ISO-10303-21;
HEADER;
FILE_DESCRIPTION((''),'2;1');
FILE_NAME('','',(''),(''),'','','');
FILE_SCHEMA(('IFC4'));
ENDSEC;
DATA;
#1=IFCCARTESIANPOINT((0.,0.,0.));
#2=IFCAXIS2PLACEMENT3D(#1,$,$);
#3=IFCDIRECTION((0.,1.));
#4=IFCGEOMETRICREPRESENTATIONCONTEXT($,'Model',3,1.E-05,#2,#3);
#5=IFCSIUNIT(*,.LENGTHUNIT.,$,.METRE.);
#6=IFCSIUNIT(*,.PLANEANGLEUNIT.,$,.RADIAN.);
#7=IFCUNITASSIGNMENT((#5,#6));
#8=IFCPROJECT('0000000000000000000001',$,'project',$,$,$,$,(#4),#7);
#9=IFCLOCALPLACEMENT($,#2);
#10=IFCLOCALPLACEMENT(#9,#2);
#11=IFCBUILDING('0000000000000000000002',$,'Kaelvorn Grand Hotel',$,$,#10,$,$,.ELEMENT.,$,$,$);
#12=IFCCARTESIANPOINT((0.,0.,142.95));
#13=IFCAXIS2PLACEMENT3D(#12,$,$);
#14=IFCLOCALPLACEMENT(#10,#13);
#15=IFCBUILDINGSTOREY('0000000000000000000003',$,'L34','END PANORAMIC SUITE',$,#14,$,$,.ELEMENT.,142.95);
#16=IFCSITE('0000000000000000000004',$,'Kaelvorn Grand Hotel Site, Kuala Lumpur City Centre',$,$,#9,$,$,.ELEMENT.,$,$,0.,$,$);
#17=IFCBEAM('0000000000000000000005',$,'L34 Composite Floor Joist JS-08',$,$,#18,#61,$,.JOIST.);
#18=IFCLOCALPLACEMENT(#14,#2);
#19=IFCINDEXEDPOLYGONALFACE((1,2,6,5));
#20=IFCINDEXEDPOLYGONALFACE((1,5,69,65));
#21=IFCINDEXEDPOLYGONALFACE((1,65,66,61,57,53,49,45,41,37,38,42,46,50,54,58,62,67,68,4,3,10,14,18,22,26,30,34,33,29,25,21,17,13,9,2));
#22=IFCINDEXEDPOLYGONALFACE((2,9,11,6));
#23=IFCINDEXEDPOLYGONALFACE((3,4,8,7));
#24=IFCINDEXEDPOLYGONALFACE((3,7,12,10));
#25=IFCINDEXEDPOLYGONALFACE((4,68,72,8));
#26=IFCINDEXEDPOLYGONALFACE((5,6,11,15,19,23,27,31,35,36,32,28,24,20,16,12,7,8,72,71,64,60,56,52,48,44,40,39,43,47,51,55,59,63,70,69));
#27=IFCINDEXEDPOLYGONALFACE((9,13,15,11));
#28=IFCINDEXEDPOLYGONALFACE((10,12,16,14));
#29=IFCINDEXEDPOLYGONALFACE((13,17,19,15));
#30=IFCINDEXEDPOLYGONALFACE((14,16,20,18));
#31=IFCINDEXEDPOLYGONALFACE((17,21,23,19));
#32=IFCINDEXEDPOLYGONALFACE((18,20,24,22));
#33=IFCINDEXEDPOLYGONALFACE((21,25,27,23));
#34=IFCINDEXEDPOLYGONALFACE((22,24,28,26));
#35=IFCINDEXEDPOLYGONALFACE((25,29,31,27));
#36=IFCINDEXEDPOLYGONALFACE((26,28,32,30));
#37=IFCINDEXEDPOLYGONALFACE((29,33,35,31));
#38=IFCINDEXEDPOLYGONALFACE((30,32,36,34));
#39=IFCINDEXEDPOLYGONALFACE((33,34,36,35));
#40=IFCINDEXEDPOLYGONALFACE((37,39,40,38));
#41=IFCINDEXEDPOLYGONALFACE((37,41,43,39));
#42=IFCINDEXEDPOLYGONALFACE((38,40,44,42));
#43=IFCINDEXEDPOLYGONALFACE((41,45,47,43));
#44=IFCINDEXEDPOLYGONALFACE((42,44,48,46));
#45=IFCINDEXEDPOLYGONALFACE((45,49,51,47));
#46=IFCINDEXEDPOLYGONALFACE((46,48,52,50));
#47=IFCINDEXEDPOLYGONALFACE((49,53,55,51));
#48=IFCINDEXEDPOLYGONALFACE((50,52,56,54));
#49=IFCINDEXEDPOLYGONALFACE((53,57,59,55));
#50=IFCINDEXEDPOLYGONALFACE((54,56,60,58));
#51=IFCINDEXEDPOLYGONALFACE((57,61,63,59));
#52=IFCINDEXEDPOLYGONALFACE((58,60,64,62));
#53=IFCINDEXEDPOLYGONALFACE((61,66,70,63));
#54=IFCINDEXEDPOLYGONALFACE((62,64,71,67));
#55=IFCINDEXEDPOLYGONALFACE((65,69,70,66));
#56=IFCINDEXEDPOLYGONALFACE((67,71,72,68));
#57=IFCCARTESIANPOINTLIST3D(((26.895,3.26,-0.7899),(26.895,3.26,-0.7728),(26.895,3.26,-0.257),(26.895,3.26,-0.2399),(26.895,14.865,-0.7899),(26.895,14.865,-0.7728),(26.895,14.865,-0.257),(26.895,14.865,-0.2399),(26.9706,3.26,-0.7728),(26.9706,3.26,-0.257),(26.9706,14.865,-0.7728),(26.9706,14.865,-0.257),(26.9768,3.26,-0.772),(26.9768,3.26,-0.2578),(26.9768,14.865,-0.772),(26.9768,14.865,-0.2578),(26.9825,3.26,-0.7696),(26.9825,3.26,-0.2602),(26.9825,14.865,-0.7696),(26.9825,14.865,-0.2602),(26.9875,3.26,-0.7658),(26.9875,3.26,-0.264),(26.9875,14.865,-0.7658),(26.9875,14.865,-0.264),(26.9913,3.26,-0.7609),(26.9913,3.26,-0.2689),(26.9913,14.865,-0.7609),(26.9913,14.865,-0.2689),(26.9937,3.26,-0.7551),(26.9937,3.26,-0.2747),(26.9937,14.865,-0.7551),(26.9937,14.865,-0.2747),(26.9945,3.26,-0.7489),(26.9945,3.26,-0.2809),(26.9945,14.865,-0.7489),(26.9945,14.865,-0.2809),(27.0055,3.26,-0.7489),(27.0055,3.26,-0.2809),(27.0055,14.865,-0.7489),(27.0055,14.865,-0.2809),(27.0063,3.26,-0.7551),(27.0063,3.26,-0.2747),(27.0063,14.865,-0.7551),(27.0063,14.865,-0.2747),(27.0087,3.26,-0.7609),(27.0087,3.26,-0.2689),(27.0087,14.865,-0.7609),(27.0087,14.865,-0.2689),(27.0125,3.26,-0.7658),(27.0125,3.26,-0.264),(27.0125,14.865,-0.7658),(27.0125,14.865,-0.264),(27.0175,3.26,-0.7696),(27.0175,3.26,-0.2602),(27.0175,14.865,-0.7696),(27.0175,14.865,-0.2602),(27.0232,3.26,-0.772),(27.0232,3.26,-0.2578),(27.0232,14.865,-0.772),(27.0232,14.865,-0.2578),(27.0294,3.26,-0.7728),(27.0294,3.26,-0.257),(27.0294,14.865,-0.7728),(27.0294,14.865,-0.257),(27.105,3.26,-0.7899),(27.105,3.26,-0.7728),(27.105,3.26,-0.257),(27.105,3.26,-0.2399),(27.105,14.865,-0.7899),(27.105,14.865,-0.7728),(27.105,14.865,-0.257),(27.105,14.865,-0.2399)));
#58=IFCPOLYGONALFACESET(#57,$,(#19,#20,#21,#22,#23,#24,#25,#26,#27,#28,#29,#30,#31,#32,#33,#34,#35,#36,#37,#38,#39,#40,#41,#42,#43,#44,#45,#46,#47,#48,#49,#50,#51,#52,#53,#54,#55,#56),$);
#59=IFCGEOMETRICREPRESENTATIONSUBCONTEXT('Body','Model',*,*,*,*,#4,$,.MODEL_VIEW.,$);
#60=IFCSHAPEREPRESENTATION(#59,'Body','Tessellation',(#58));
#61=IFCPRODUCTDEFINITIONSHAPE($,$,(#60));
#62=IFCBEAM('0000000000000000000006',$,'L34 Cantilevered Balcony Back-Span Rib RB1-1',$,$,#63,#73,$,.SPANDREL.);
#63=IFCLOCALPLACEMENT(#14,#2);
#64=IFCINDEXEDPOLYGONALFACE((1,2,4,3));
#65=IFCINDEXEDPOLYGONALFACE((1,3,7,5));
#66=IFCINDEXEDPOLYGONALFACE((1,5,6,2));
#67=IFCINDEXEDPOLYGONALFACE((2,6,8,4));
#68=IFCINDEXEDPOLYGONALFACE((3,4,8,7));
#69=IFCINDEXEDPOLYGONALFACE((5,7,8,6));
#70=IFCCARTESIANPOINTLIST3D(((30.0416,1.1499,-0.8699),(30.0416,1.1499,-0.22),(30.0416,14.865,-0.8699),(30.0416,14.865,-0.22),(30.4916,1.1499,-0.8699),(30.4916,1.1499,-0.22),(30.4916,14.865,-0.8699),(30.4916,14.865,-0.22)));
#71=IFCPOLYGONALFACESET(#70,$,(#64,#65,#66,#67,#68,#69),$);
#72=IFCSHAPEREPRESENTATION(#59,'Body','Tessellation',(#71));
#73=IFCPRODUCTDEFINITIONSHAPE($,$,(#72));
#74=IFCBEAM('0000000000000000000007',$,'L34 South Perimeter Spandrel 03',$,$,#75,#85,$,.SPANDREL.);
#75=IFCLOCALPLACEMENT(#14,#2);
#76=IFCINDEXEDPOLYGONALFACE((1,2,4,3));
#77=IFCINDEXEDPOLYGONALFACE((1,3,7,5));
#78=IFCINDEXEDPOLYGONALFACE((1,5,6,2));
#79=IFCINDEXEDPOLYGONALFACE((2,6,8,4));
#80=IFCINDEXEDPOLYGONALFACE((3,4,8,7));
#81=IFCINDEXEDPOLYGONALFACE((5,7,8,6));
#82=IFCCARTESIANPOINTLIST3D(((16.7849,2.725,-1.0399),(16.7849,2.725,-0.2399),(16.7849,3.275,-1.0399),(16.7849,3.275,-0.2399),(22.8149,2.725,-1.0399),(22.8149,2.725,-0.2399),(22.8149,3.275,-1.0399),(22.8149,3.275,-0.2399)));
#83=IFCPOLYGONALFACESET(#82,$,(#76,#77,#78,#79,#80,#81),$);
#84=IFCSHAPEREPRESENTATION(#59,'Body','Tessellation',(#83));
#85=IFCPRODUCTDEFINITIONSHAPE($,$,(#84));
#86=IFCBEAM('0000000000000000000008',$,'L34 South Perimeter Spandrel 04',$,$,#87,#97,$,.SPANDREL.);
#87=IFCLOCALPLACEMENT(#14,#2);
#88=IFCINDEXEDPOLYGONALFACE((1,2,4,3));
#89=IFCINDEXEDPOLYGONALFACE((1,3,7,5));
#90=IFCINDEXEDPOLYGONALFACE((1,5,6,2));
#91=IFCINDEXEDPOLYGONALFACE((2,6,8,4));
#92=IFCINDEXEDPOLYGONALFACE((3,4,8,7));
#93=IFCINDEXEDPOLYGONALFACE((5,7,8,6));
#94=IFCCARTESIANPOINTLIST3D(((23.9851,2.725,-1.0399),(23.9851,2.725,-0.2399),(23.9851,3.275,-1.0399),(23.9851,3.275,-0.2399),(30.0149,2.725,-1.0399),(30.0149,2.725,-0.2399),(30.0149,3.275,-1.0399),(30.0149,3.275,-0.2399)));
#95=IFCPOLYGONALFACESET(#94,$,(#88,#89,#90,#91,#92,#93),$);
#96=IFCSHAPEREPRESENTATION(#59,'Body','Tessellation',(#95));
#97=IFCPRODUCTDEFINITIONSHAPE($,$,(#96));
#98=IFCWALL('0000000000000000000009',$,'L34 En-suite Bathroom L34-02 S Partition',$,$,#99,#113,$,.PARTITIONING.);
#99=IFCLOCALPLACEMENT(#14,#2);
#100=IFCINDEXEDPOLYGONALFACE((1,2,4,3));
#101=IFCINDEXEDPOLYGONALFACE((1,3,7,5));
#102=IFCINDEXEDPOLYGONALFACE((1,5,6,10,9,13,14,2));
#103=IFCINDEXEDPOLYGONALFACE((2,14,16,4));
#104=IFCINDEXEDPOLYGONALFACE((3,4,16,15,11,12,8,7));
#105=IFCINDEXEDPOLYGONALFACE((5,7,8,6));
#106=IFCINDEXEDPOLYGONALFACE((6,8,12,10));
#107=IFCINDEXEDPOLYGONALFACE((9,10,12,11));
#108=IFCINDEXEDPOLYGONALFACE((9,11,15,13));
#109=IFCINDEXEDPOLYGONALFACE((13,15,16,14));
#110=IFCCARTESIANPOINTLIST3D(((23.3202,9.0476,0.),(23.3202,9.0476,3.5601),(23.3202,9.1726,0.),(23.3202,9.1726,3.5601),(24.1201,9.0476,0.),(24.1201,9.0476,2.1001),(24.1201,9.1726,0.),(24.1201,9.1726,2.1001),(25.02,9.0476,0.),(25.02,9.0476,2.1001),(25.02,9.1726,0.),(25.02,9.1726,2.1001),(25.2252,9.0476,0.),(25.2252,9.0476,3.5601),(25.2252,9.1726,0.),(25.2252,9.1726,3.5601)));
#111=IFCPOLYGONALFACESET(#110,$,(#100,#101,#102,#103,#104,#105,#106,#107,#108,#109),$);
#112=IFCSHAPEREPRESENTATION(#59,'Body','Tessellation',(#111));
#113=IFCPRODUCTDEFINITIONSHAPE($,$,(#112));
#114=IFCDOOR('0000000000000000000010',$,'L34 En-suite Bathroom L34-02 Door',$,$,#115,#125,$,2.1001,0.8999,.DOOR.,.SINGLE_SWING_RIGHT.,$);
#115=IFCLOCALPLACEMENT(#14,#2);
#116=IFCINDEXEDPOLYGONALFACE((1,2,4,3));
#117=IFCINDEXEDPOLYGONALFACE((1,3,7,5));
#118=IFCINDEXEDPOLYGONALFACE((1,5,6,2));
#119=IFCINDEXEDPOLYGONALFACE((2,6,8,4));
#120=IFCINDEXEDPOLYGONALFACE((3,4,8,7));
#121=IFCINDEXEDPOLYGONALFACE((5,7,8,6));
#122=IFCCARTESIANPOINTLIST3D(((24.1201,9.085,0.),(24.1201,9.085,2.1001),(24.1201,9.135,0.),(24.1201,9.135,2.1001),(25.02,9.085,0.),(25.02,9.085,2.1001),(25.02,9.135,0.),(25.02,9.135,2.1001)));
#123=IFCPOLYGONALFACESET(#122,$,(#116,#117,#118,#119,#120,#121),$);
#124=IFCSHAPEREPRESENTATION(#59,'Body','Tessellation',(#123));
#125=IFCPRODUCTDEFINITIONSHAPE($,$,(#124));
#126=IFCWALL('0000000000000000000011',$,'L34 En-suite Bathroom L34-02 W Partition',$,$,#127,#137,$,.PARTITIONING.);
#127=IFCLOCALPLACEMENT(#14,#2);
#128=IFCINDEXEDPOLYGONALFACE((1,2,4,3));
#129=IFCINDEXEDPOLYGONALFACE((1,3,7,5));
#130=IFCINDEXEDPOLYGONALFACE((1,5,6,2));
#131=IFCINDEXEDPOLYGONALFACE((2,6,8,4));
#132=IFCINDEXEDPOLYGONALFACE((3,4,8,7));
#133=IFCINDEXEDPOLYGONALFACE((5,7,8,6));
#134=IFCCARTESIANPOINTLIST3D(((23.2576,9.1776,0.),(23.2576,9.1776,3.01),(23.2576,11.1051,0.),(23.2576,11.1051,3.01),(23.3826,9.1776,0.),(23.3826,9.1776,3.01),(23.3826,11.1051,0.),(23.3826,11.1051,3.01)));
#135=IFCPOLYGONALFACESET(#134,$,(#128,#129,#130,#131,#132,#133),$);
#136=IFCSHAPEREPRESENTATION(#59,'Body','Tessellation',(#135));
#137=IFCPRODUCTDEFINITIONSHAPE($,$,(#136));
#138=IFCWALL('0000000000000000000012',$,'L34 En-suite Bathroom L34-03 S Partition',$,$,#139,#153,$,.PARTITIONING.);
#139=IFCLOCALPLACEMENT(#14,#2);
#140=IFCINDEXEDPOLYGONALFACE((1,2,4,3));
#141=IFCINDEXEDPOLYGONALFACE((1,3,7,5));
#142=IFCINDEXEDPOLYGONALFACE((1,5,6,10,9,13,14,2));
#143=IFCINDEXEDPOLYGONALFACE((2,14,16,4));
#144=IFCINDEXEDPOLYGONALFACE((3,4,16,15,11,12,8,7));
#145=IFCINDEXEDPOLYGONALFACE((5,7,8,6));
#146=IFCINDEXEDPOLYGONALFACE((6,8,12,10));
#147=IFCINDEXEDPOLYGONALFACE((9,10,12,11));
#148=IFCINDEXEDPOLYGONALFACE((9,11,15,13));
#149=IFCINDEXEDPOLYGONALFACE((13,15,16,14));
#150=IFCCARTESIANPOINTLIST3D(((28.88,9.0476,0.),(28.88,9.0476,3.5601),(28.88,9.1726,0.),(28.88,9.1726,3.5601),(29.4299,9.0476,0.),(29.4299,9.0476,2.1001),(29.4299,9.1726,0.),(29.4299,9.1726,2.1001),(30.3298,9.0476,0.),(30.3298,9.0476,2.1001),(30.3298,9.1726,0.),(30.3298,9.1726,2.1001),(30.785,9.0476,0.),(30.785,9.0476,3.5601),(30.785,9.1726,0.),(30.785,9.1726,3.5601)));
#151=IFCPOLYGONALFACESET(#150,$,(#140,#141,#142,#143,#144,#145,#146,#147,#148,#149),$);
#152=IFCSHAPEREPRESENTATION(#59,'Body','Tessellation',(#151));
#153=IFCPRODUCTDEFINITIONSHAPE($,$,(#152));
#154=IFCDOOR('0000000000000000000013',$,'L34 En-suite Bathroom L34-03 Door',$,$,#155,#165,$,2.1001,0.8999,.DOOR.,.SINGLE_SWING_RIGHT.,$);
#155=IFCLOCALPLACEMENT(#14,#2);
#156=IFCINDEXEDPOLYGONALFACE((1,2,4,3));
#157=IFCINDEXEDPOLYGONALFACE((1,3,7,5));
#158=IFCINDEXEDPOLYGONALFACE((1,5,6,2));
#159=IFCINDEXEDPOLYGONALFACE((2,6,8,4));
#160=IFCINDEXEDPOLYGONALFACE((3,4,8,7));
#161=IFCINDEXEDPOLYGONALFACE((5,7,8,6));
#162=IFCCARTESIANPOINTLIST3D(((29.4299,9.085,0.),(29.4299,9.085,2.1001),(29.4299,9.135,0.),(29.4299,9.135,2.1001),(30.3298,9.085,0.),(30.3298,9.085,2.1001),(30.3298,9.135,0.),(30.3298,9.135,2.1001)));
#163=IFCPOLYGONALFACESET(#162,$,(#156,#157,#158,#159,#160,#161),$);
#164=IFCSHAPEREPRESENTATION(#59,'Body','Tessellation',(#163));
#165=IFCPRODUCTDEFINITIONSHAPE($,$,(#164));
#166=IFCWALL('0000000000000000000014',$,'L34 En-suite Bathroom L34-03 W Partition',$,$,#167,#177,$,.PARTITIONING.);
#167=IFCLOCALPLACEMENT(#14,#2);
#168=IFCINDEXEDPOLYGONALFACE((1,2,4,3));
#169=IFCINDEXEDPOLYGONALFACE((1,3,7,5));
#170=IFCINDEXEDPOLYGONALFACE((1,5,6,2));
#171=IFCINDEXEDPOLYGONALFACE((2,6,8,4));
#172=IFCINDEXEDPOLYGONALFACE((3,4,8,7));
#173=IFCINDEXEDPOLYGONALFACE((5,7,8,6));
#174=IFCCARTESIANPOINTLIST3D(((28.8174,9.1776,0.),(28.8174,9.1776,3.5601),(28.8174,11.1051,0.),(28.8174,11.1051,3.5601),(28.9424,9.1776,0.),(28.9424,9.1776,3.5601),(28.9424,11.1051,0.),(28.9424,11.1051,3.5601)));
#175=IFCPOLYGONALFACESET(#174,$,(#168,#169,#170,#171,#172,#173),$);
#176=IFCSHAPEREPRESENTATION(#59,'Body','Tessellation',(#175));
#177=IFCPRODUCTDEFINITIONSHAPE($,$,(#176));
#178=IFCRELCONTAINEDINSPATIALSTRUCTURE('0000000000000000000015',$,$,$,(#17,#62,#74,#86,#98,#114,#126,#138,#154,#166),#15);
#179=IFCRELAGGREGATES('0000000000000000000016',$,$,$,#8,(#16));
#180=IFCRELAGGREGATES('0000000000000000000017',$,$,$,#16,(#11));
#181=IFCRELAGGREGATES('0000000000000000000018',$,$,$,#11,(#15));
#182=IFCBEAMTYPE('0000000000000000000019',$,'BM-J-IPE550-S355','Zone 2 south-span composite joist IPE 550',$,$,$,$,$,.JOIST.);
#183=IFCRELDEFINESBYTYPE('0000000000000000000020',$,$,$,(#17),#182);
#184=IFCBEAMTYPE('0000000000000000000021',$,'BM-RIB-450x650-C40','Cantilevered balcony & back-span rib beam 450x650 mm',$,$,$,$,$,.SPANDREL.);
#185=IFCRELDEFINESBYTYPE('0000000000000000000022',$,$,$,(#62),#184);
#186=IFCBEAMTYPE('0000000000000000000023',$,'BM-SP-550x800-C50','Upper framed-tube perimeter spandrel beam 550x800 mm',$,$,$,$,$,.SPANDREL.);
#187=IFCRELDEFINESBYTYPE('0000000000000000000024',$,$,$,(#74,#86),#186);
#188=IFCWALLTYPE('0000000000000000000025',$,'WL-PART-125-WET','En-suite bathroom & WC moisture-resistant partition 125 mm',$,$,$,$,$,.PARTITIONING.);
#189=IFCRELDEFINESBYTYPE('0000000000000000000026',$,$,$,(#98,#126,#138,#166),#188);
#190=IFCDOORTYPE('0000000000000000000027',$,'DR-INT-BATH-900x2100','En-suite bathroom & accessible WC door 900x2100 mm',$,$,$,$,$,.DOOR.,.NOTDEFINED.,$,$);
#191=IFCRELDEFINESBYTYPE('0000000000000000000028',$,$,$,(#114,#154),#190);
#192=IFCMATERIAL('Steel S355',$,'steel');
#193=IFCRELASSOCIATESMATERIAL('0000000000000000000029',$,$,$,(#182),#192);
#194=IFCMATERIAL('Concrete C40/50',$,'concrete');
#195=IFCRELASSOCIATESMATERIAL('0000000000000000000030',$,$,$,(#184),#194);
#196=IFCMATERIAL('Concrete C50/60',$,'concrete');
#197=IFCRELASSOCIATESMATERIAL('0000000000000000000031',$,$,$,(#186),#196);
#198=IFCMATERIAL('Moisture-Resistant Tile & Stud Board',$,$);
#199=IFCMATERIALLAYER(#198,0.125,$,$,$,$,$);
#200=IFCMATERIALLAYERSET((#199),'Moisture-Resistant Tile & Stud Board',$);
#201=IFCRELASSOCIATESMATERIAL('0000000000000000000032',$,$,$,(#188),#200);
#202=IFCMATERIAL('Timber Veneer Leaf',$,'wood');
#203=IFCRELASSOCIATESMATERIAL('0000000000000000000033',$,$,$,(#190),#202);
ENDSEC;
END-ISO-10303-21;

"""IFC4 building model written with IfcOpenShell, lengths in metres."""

from ifc_helpers import new_model, si_unit, direction, frame, frame_2d, origin, origin_2d, place, context, subcontext, project, spatial, rectangle, i_section, extrude, material, layer, layer_set, material_profile, profile_set, type_object, element, fill, save


model = new_model("IFC4")

# Units and contexts
model_context = context("Model", 3, precision=1e-05, world=origin(), true_north=direction((0.0, 1.0)))
body_context = subcontext(model_context, "Body", "Model", "MODEL_VIEW")
ifc_project = project(units=[si_unit("LENGTHUNIT", "METRE"), si_unit("PLANEANGLEUNIT", "RADIAN")], contexts=[model_context])

# Site, building, storey
site_placement = place(None, origin())
site = spatial("IfcSite", under=ifc_project, at=site_placement, Name="Kaelvorn Grand Hotel Site, Kuala Lumpur City Centre", CompositionType="ELEMENT", RefElevation=0.0)
building_placement = place(site_placement, origin())
building = spatial("IfcBuilding", under=site, at=building_placement, Name="Kaelvorn Grand Hotel", CompositionType="ELEMENT")
storey_placement = place(building_placement, frame((0.0, 0.0, 142.95)))
storey = spatial("IfcBuildingStorey", under=building, at=storey_placement, Name="L34", Description="END PANORAMIC SUITE", CompositionType="ELEMENT", Elevation=142.95)

# Beams
ifc_material_1 = material(Name="Steel S355", Category="steel")
ifc_material_profile_1 = material_profile(ifc_material_1, i_section(OverallWidth=0.21, OverallDepth=0.55, WebThickness=0.011, FlangeThickness=0.0171, FilletRadius=0.0239, at=origin_2d()), Name="IPE 550")
ifc_profile_set_1 = profile_set([ifc_material_profile_1], Name="Steel S355")
beam_type_1 = type_object("IfcBeamType", Name="BM-J-IPE550-S355", Description="Zone 2 south-span composite joist IPE 550", PredefinedType="JOIST", material=ifc_profile_set_1)
beam_1_placement = place(storey_placement, frame((27.0, 3.26, -0.5149), z_axis=(0.0, 1.0, 0.0), x_axis=(-1.0, 0.0, 0.0)))
element("IfcBeam", 1, at=beam_1_placement, inside=storey, type_object=beam_type_1, Name="L34 Composite Floor Joist JS-08", PredefinedType="JOIST", context=body_context, shape_type="SweptSolid", body=[
    extrude(i_section(OverallWidth=0.21, OverallDepth=0.55, WebThickness=0.011, FlangeThickness=0.0171, FilletRadius=0.0239, at=origin_2d()), origin(), (0.0, 0.0, 1.0), 11.605),
])
ifc_material_2 = material(Name="Concrete C40/50", Category="concrete")
ifc_material_profile_2 = material_profile(ifc_material_2, rectangle(XDim=0.45, YDim=0.6499, at=origin_2d()), Name="RC RIB 450x650")
ifc_profile_set_2 = profile_set([ifc_material_profile_2], Name="Concrete C40/50")
beam_type_2 = type_object("IfcBeamType", Name="BM-RIB-450x650-C40", Description="Cantilevered balcony & back-span rib beam 450x650 mm", PredefinedType="SPANDREL", material=ifc_profile_set_2)
beam_2_placement = place(storey_placement, frame((30.2666, 1.1499, -0.5449), z_axis=(0.0, 1.0, 0.0), x_axis=(-1.0, 0.0, 0.0)))
element("IfcBeam", 2, at=beam_2_placement, inside=storey, type_object=beam_type_2, Name="L34 Cantilevered Balcony Back-Span Rib RB1-1", PredefinedType="SPANDREL", context=body_context, shape_type="SweptSolid", body=[
    extrude(rectangle(XDim=0.45, YDim=0.6499, at=origin_2d()), origin(), (0.0, 0.0, 1.0), 13.7151),
])
ifc_material_3 = material(Name="Concrete C50/60", Category="concrete")
ifc_material_profile_3 = material_profile(ifc_material_3, rectangle(XDim=0.55, YDim=0.8, at=origin_2d()), Name="RC SPANDREL 550x800")
ifc_profile_set_3 = profile_set([ifc_material_profile_3], Name="Concrete C50/60")
beam_type_3 = type_object("IfcBeamType", Name="BM-SP-550x800-C50", Description="Upper framed-tube perimeter spandrel beam 550x800 mm", PredefinedType="SPANDREL", material=ifc_profile_set_3)
beam_3_placement = place(storey_placement, frame((16.7849, 3.0, -0.6399), z_axis=(1.0, 0.0, 0.0), x_axis=(0.0, 1.0, 0.0)))
element("IfcBeam", 3, at=beam_3_placement, inside=storey, type_object=beam_type_3, Name="L34 South Perimeter Spandrel 03", PredefinedType="SPANDREL", context=body_context, shape_type="SweptSolid", body=[
    extrude(rectangle(XDim=0.55, YDim=0.8, at=origin_2d()), origin(), (0.0, 0.0, 1.0), 6.03),
])
beam_4_placement = place(storey_placement, frame((23.9851, 3.0, -0.6399), z_axis=(1.0, 0.0, 0.0), x_axis=(0.0, 1.0, 0.0)))
element("IfcBeam", 4, at=beam_4_placement, inside=storey, type_object=beam_type_3, Name="L34 South Perimeter Spandrel 04", PredefinedType="SPANDREL", context=body_context, shape_type="SweptSolid", body=[
    extrude(rectangle(XDim=0.55, YDim=0.8, at=origin_2d()), origin(), (0.0, 0.0, 1.0), 6.0298),
])

# Wall, opening, door
ifc_material_4 = material(Name="Moisture-Resistant Tile & Stud Board")
ifc_layer_1 = layer(ifc_material_4, 0.125)
ifc_layer_set_1 = layer_set([ifc_layer_1], Name="Moisture-Resistant Tile & Stud Board")
wall_type_1 = type_object("IfcWallType", Name="WL-PART-125-WET", Description="En-suite bathroom & WC moisture-resistant partition 125 mm", PredefinedType="PARTITIONING", material=ifc_layer_set_1)
wall_1_placement = place(storey_placement, frame((23.3201, 9.1101, 0.0), z_axis=(0.0, 0.0, 1.0), x_axis=(1.0, 0.0, 0.0)))
wall_1 = element("IfcWall", 5, at=wall_1_placement, inside=storey, type_object=wall_type_1, Name="L34 En-suite Bathroom L34-02 S Partition", PredefinedType="PARTITIONING", context=body_context, shape_type="SweptSolid", body=[
    extrude(rectangle(XDim=1.905, YDim=0.125, at=frame_2d((0.9526, 0.0))), origin(), (0.0, 0.0, 1.0), 3.5601),
])
opening_1_placement = place(wall_1_placement, frame((0.8, 0.0, 0.0)))
opening_1 = element("IfcOpeningElement", 6, at=opening_1_placement, cuts=wall_1, PredefinedType="OPENING", context=body_context, shape_type="SweptSolid", body=[
    extrude(rectangle(XDim=0.8999, YDim=2.1001, at=frame_2d((0.45, 1.05))), frame((0.0, 0.0725, 0.0), z_axis=(0.0, -1.0, 0.0), x_axis=(1.0, 0.0, 0.0)), (0.0, 0.0, 1.0), 0.145),
])
ifc_material_5 = material(Name="Timber Veneer Leaf", Category="wood")
door_type_1 = type_object("IfcDoorType", Name="DR-INT-BATH-900x2100", Description="En-suite bathroom & accessible WC door 900x2100 mm", OperationType="NOTDEFINED", PredefinedType="DOOR", material=ifc_material_5)
door_1_placement = place(opening_1_placement, origin())
door_1 = element("IfcDoor", 7, at=door_1_placement, inside=storey, type_object=door_type_1, Name="L34 En-suite Bathroom L34-02 Door", OperationType="SINGLE_SWING_RIGHT", OverallHeight=2.1001, OverallWidth=0.8999, PredefinedType="DOOR", context=body_context, shape_type="SweptSolid", body=[
    extrude(rectangle(XDim=0.8999, YDim=2.1001, at=frame_2d((0.45, 1.05))), frame((0.0, 0.0249, 0.0), z_axis=(0.0, -1.0, 0.0), x_axis=(1.0, 0.0, 0.0)), (0.0, 0.0, 1.0), 0.05),
])
fill(opening_1, door_1)

# Wall
wall_2_placement = place(storey_placement, frame((23.3201, 9.1775, 0.0), z_axis=(0.0, 0.0, 1.0), x_axis=(0.0, 1.0, 0.0)))
element("IfcWall", 8, at=wall_2_placement, inside=storey, type_object=wall_type_1, Name="L34 En-suite Bathroom L34-02 W Partition", PredefinedType="PARTITIONING", context=body_context, shape_type="SweptSolid", body=[
    extrude(rectangle(XDim=1.9275, YDim=0.125, at=frame_2d((0.9639, 0.0))), origin(), (0.0, 0.0, 1.0), 3.01),
])

# Wall, opening, door
wall_3_placement = place(storey_placement, frame((28.8799, 9.1101, 0.0), z_axis=(0.0, 0.0, 1.0), x_axis=(1.0, 0.0, 0.0)))
wall_3 = element("IfcWall", 9, at=wall_3_placement, inside=storey, type_object=wall_type_1, Name="L34 En-suite Bathroom L34-03 S Partition", PredefinedType="PARTITIONING", context=body_context, shape_type="SweptSolid", body=[
    extrude(rectangle(XDim=1.905, YDim=0.125, at=frame_2d((0.9526, 0.0))), origin(), (0.0, 0.0, 1.0), 3.5601),
])
opening_2_placement = place(wall_3_placement, frame((0.55, 0.0, 0.0)))
opening_2 = element("IfcOpeningElement", 10, at=opening_2_placement, cuts=wall_3, PredefinedType="OPENING", context=body_context, shape_type="SweptSolid", body=[
    extrude(rectangle(XDim=0.8999, YDim=2.1001, at=frame_2d((0.45, 1.05))), frame((0.0, 0.0725, 0.0), z_axis=(0.0, -1.0, 0.0), x_axis=(1.0, 0.0, 0.0)), (0.0, 0.0, 1.0), 0.145),
])
door_2_placement = place(opening_2_placement, origin())
door_2 = element("IfcDoor", 11, at=door_2_placement, inside=storey, type_object=door_type_1, Name="L34 En-suite Bathroom L34-03 Door", OperationType="SINGLE_SWING_RIGHT", OverallHeight=2.1001, OverallWidth=0.8999, PredefinedType="DOOR", context=body_context, shape_type="SweptSolid", body=[
    extrude(rectangle(XDim=0.8999, YDim=2.1001, at=frame_2d((0.45, 1.05))), frame((0.0, 0.0249, 0.0), z_axis=(0.0, -1.0, 0.0), x_axis=(1.0, 0.0, 0.0)), (0.0, 0.0, 1.0), 0.05),
])
fill(opening_2, door_2)

# Wall
wall_4_placement = place(storey_placement, frame((28.8799, 9.1775, 0.0), z_axis=(0.0, 0.0, 1.0), x_axis=(0.0, 1.0, 0.0)))
element("IfcWall", 12, at=wall_4_placement, inside=storey, type_object=wall_type_1, Name="L34 En-suite Bathroom L34-03 W Partition", PredefinedType="PARTITIONING", context=body_context, shape_type="SweptSolid", body=[
    extrude(rectangle(XDim=1.9275, YDim=0.125, at=frame_2d((0.9639, 0.0))), origin(), (0.0, 0.0, 1.0), 3.5601),
])

save(model, "model.ifc")
